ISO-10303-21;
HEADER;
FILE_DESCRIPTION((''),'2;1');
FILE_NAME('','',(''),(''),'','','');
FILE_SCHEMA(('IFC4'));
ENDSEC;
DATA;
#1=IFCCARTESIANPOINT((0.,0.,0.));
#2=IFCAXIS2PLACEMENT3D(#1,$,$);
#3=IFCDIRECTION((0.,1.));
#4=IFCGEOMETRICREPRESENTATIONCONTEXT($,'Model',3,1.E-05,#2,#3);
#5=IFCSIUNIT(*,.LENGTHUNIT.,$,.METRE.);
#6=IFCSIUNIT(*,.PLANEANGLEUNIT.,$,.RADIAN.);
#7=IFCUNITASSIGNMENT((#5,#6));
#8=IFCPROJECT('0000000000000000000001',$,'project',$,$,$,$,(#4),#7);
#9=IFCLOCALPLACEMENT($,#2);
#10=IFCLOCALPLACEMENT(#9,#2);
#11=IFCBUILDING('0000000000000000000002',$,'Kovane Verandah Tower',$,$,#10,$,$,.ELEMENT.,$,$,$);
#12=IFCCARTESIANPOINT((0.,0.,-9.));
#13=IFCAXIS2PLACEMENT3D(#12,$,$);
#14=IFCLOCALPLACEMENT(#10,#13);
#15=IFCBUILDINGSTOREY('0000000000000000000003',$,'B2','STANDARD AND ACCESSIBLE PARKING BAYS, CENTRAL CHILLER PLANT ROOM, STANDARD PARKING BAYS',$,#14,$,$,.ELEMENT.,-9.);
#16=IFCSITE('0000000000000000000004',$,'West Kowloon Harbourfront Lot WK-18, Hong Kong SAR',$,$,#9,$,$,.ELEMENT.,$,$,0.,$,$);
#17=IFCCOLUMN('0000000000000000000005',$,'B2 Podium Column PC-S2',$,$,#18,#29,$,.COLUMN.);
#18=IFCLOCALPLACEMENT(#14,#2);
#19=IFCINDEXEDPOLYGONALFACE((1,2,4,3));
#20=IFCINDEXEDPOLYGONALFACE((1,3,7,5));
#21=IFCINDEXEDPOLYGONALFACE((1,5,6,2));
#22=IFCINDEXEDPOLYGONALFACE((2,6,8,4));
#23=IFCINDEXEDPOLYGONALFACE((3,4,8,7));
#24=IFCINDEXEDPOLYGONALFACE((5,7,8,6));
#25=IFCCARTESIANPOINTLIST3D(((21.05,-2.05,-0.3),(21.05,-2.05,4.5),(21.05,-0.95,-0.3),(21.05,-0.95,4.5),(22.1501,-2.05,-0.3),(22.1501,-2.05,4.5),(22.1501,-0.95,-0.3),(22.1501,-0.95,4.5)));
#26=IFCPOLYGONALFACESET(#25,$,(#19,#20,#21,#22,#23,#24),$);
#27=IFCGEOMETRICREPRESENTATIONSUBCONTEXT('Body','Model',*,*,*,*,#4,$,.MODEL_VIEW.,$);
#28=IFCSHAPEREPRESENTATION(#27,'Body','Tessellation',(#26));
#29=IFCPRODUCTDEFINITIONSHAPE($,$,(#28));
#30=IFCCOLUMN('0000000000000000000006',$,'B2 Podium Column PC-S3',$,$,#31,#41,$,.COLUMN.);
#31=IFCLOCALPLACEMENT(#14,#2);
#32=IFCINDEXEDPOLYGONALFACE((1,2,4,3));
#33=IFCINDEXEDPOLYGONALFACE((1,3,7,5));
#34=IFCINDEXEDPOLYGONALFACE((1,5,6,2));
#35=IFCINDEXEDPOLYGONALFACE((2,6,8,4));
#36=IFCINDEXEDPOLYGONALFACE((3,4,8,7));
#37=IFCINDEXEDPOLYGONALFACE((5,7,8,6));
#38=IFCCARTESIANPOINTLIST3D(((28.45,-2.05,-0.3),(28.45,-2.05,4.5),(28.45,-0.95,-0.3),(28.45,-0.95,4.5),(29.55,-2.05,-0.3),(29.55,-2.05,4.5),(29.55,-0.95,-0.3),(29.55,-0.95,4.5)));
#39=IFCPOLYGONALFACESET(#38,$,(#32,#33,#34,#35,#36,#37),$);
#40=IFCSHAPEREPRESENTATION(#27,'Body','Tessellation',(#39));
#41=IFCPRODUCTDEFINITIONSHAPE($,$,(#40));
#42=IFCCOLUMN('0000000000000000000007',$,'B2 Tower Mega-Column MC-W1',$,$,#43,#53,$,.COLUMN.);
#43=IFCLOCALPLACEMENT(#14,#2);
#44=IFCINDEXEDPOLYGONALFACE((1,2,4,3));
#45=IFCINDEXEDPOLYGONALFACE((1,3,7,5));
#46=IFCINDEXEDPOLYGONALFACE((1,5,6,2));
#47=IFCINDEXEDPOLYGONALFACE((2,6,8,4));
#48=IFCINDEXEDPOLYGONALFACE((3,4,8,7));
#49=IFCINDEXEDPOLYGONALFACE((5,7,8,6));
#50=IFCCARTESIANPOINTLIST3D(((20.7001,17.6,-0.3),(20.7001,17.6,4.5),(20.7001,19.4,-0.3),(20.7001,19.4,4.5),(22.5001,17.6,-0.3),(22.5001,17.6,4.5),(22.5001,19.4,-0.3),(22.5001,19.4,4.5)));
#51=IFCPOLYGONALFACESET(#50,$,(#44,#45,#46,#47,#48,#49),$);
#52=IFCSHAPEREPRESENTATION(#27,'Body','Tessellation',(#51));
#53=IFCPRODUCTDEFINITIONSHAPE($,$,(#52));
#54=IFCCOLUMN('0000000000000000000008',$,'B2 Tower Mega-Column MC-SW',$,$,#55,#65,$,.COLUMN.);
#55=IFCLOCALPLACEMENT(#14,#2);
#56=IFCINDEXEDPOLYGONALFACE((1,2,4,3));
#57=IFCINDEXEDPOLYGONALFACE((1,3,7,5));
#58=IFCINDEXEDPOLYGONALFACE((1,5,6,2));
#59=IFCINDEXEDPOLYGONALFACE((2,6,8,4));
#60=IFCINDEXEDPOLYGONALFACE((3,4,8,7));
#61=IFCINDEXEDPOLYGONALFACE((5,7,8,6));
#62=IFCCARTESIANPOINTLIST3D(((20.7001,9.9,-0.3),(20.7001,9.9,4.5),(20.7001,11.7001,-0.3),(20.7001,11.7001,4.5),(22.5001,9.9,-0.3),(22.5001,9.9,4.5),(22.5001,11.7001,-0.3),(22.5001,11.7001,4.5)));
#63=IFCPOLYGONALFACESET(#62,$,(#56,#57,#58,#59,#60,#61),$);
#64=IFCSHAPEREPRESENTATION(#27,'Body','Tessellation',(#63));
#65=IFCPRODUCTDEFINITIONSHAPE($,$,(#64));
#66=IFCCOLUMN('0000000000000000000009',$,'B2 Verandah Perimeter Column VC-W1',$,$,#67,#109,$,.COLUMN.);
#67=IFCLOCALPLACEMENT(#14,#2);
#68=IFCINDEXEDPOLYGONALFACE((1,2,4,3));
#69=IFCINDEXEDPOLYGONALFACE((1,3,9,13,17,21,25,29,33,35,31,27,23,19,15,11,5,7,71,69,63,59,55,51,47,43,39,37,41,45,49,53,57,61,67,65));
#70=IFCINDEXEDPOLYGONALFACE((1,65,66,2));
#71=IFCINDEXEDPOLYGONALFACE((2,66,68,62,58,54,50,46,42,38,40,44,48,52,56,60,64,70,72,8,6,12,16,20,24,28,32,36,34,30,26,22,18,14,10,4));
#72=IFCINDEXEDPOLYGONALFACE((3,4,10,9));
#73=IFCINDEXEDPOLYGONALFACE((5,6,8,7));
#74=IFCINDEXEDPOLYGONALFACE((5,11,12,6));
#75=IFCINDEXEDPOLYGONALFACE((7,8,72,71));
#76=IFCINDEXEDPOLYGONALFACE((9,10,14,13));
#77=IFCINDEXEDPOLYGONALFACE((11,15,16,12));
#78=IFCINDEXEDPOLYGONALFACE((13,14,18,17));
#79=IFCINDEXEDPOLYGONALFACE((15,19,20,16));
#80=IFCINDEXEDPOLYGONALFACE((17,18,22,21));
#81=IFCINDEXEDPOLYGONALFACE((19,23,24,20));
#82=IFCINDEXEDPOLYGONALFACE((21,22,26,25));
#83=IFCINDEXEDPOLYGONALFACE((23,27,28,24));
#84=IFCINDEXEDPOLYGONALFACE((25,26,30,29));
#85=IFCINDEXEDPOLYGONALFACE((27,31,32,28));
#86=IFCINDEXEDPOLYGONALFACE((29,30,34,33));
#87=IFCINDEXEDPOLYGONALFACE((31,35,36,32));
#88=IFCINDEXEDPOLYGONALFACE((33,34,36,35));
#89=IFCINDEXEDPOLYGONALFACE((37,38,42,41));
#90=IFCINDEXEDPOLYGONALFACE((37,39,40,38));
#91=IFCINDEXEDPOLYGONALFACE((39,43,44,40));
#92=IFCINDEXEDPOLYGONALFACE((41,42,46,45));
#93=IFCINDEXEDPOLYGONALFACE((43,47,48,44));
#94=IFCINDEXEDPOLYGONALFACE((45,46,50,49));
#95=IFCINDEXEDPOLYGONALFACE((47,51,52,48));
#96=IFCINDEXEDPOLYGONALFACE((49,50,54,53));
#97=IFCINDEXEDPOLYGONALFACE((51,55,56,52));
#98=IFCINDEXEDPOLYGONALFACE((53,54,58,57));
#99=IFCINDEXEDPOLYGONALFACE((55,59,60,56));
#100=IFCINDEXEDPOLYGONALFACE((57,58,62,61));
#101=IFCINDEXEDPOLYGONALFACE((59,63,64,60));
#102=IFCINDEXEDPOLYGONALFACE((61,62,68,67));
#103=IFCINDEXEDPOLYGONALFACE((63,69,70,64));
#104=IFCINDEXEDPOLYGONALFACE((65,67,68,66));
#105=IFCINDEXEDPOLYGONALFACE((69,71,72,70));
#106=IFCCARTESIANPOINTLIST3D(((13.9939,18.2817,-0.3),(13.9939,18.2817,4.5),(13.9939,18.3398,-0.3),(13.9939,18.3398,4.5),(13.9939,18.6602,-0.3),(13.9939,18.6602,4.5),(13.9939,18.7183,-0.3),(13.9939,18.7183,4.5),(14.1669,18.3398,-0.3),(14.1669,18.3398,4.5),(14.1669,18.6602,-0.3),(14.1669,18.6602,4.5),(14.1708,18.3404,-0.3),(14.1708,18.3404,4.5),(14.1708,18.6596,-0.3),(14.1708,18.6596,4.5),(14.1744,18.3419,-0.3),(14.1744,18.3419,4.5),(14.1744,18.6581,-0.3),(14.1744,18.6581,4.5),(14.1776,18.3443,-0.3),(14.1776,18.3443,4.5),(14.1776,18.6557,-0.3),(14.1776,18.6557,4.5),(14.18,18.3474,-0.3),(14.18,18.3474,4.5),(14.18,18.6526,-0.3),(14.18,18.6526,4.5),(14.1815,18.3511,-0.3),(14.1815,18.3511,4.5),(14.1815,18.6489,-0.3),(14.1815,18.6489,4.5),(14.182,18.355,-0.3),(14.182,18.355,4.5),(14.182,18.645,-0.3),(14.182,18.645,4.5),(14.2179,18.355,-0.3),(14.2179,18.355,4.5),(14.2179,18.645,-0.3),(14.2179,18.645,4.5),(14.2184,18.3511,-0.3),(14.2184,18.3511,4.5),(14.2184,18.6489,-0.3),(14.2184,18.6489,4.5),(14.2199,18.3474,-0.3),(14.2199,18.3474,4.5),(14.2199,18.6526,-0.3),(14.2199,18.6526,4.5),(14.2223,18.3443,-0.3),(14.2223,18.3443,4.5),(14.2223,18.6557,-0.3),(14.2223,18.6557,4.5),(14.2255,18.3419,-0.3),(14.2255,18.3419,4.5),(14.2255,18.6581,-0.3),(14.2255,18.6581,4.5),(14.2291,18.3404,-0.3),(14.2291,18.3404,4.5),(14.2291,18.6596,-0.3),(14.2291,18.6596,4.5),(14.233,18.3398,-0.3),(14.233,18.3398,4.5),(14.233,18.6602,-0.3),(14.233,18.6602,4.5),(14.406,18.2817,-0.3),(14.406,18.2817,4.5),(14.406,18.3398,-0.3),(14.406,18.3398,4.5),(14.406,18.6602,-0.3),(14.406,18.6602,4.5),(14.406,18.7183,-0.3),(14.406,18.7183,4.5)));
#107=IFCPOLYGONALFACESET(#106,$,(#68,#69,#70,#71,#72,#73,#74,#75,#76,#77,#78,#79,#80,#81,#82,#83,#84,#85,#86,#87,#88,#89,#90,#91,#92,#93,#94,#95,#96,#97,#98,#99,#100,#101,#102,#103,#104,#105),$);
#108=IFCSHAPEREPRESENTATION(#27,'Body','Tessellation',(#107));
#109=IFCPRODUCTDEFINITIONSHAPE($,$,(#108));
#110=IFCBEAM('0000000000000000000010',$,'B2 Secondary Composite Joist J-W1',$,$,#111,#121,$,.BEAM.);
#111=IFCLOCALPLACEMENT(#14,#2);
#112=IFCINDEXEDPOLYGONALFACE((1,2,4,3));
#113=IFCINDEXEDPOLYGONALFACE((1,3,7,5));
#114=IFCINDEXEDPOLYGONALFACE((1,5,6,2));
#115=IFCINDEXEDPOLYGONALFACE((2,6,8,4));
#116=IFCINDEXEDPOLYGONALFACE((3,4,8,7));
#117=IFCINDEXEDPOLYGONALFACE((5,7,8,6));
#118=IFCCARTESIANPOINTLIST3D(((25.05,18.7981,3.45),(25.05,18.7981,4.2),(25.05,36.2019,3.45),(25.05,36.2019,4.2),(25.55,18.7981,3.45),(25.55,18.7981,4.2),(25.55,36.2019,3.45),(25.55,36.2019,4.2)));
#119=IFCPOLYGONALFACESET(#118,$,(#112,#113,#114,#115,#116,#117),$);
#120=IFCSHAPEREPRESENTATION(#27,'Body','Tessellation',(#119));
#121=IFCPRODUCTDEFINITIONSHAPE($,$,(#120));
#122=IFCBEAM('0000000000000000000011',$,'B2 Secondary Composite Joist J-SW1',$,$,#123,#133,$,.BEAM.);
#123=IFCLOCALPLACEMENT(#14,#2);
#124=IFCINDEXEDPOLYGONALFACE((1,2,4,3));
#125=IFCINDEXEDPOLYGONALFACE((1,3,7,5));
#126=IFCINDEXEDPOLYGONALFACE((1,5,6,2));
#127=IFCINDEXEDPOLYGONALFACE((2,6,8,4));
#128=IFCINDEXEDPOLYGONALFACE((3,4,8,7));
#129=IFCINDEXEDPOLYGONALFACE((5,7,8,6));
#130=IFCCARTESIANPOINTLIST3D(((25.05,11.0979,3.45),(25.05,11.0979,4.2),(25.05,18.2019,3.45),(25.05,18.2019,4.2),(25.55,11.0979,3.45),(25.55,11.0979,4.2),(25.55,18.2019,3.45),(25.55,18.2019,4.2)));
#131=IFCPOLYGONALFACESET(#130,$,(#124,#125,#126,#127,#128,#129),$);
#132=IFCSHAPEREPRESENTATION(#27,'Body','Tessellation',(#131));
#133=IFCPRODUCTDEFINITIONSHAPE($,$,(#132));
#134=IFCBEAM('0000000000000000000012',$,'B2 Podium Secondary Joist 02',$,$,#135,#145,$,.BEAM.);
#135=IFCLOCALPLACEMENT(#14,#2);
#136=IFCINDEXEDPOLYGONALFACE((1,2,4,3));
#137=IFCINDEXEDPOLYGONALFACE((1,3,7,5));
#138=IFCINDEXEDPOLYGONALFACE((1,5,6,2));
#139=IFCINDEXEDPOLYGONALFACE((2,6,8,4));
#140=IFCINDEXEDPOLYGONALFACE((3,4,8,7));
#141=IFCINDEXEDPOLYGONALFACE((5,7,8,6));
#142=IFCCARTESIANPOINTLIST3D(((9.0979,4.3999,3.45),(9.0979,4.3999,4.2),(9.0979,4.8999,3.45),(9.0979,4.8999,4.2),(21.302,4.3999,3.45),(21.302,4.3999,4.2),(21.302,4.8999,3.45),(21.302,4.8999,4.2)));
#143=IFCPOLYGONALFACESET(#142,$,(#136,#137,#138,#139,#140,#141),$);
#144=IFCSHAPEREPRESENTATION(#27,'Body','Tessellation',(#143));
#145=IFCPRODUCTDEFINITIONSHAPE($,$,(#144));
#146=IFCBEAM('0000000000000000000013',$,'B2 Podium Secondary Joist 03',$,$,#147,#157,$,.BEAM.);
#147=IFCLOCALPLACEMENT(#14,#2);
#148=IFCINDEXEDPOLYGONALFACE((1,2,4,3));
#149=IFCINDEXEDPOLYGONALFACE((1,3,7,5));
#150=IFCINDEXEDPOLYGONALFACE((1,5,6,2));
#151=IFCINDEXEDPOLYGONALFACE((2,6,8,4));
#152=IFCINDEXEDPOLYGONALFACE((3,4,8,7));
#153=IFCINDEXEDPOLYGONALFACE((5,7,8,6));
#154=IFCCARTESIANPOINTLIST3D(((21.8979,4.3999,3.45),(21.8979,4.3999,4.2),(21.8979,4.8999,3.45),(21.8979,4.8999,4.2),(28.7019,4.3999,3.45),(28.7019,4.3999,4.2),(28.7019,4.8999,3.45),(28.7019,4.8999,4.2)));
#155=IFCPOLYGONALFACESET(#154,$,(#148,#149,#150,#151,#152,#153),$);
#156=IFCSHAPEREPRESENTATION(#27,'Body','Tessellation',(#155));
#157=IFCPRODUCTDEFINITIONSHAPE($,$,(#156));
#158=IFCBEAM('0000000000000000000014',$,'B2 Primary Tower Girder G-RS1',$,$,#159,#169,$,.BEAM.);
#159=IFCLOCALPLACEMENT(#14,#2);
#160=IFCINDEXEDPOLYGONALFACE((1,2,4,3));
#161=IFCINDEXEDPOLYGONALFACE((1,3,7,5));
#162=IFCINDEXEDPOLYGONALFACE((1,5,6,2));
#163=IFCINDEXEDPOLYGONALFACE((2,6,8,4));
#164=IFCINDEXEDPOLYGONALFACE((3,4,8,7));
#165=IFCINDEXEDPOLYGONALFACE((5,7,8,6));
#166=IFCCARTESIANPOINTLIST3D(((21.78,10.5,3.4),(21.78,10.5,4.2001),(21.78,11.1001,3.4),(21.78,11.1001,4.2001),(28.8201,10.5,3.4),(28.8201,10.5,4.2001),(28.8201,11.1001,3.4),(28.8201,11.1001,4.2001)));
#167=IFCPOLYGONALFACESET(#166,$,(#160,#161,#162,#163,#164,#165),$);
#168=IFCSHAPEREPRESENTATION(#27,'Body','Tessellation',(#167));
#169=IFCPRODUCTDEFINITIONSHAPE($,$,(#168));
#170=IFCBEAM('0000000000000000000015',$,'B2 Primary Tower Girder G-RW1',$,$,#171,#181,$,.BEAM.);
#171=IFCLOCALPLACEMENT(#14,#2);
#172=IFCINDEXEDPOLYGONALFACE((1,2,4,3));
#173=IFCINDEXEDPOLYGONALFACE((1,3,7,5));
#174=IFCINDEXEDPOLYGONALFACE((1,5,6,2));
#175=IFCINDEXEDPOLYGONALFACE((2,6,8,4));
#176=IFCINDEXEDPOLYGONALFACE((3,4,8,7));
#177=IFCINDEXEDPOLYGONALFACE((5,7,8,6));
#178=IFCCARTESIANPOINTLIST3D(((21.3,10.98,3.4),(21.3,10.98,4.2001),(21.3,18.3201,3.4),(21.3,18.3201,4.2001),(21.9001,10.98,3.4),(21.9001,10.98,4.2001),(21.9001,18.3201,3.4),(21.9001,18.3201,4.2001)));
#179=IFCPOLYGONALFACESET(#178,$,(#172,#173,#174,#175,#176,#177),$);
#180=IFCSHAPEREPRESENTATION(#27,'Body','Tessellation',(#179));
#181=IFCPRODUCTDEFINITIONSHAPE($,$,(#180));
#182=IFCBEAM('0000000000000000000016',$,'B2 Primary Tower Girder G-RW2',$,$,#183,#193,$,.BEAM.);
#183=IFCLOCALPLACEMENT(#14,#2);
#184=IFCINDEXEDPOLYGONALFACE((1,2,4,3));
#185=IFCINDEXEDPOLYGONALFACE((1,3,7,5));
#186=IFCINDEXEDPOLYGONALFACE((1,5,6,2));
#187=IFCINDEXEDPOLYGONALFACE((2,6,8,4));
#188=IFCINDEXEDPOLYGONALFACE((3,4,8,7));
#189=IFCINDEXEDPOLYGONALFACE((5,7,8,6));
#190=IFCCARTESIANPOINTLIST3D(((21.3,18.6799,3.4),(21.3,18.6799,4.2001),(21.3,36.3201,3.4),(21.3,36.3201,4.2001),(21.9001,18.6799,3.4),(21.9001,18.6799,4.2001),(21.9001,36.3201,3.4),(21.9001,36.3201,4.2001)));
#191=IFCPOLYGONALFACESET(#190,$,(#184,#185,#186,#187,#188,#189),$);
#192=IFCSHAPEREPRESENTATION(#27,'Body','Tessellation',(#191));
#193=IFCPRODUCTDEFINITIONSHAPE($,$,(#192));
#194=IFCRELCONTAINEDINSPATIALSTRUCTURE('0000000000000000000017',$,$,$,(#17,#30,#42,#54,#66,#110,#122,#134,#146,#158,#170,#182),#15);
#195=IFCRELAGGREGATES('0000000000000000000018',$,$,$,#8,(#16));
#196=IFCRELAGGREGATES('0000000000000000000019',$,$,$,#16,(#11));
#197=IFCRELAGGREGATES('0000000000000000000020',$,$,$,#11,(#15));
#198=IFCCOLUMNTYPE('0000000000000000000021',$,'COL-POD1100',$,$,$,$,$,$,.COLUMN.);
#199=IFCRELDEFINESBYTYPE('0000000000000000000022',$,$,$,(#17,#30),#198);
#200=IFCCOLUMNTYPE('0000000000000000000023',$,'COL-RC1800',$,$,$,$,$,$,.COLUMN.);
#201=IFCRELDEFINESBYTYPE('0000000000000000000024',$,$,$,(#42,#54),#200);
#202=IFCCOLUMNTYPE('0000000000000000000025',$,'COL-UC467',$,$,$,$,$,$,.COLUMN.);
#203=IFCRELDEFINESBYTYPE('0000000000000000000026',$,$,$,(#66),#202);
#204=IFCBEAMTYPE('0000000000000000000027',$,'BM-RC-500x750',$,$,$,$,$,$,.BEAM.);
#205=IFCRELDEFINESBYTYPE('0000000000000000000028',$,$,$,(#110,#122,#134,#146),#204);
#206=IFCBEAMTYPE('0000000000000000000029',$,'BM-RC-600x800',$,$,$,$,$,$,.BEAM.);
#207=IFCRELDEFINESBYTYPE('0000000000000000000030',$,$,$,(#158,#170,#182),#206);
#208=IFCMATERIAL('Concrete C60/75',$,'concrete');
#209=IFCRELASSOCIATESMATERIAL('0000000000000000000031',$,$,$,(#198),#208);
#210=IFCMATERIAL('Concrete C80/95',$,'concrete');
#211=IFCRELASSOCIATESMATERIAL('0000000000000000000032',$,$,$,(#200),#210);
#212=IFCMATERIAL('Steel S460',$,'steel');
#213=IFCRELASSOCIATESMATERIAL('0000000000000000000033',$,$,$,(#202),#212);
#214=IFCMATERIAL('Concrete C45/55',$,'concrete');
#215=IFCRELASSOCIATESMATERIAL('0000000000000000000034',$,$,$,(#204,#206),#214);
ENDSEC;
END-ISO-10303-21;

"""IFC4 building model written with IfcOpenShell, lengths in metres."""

from ifc_helpers import new_model, si_unit, direction, frame, origin, origin_2d, place, context, subcontext, project, spatial, rectangle, i_section, extrude, material, material_profile, profile_set, type_object, element, save


model = new_model("IFC4")

# Units and contexts
model_context = context("Model", 3, precision=1e-05, world=origin(), true_north=direction((0.0, 1.0)))
body_context = subcontext(model_context, "Body", "Model", "MODEL_VIEW")
ifc_project = project(units=[si_unit("LENGTHUNIT", "METRE"), si_unit("PLANEANGLEUNIT", "RADIAN")], contexts=[model_context])

# Site, building, storey
site_placement = place(None, origin())
site = spatial("IfcSite", under=ifc_project, at=site_placement, Name="West Kowloon Harbourfront Lot WK-18, Hong Kong SAR", CompositionType="ELEMENT", RefElevation=0.0)
building_placement = place(site_placement, origin())
building = spatial("IfcBuilding", under=site, at=building_placement, Name="Kovane Verandah Tower", CompositionType="ELEMENT")
storey_placement = place(building_placement, frame((0.0, 0.0, -9.0)))
storey = spatial("IfcBuildingStorey", under=building, at=storey_placement, Name="B2", Description="STANDARD AND ACCESSIBLE PARKING BAYS, CENTRAL CHILLER PLANT ROOM, STANDARD PARKING BAYS", CompositionType="ELEMENT", Elevation=-9.0)

# Shared definitions
ifc_material_1 = material(Name="Concrete C60/75", Category="concrete")

# Columns
ifc_material_profile_1 = material_profile(ifc_material_1, rectangle(XDim=1.1001, YDim=1.1001, at=origin_2d()), Name="RC1100x1100")
ifc_profile_set_1 = profile_set([ifc_material_profile_1], Name="Concrete C60/75")
column_type_1 = type_object("IfcColumnType", Name="COL-POD1100", PredefinedType="COLUMN", material=ifc_profile_set_1)
for number, where, z_axis, x_axis, name in (
    (1, (21.6001, -1.5, -0.3), (0.0, 0.0, 1.0), (1.0, 0.0, 0.0), "B2 Podium Column PC-S2"),
    (2, (29.0, -1.5, -0.3), (0.0, 0.0, 1.0), (1.0, 0.0, 0.0), "B2 Podium Column PC-S3"),
):
    element("IfcColumn", number, at=place(storey_placement, frame(where, z_axis=z_axis, x_axis=x_axis)), inside=storey, type_object=column_type_1, Name=name, PredefinedType="COLUMN", context=body_context, shape_type="SweptSolid", body=[
        extrude(rectangle(XDim=1.1001, YDim=1.1001, at=origin_2d()), origin(), (0.0, 0.0, 1.0), 4.8),
    ])
ifc_material_2 = material(Name="Concrete C80/95", Category="concrete")
ifc_material_profile_2 = material_profile(ifc_material_2, rectangle(XDim=1.8, YDim=1.8, at=origin_2d()), Name="RC1800x1800")
ifc_profile_set_2 = profile_set([ifc_material_profile_2], Name="Concrete C80/95")
column_type_2 = type_object("IfcColumnType", Name="COL-RC1800", PredefinedType="COLUMN", material=ifc_profile_set_2)
for number, where, z_axis, x_axis, name in (
    (3, (21.6001, 18.5, -0.3), (0.0, 0.0, 1.0), (1.0, 0.0, 0.0), "B2 Tower Mega-Column MC-W1"),
    (4, (21.6001, 10.8, -0.3), (0.0, 0.0, 1.0), (1.0, 0.0, 0.0), "B2 Tower Mega-Column MC-SW"),
):
    element("IfcColumn", number, at=place(storey_placement, frame(where, z_axis=z_axis, x_axis=x_axis)), inside=storey, type_object=column_type_2, Name=name, PredefinedType="COLUMN", context=body_context, shape_type="SweptSolid", body=[
        extrude(rectangle(XDim=1.8, YDim=1.8, at=origin_2d()), origin(), (0.0, 0.0, 1.0), 4.8),
    ])
ifc_material_3 = material(Name="Steel S460", Category="steel")
ifc_material_profile_3 = material_profile(ifc_material_3, i_section(OverallWidth=0.4121, OverallDepth=0.4365, WebThickness=0.0359, FlangeThickness=0.0581, FilletRadius=0.0151, at=origin_2d()), Name="UC356x406x467")
ifc_profile_set_3 = profile_set([ifc_material_profile_3], Name="Steel S460")
column_type_3 = type_object("IfcColumnType", Name="COL-UC467", PredefinedType="COLUMN", material=ifc_profile_set_3)
column_placement = place(storey_placement, frame((14.2, 18.5, -0.3), z_axis=(0.0, 0.0, 1.0), x_axis=(1.0, 0.0, 0.0)))
element("IfcColumn", 5, at=column_placement, inside=storey, type_object=column_type_3, Name="B2 Verandah Perimeter Column VC-W1", PredefinedType="COLUMN", context=body_context, shape_type="SweptSolid", body=[
    extrude(i_section(OverallWidth=0.4121, OverallDepth=0.4365, WebThickness=0.0359, FlangeThickness=0.0581, FilletRadius=0.0151, at=origin_2d()), origin(), (0.0, 0.0, 1.0), 4.8),
])

# Beams
ifc_material_4 = material(Name="Concrete C45/55", Category="concrete")
ifc_material_profile_4 = material_profile(ifc_material_4, rectangle(XDim=0.5, YDim=0.75, at=origin_2d()), Name="RCB500x750")
ifc_profile_set_4 = profile_set([ifc_material_profile_4], Name="Concrete C45/55")
beam_type_1 = type_object("IfcBeamType", Name="BM-RC-500x750", PredefinedType="BEAM", material=ifc_profile_set_4)
beam_1_placement = place(storey_placement, frame((25.3, 18.7981, 3.825), z_axis=(0.0, 1.0, 0.0), x_axis=(-1.0, 0.0, 0.0)))
element("IfcBeam", 6, at=beam_1_placement, inside=storey, type_object=beam_type_1, Name="B2 Secondary Composite Joist J-W1", PredefinedType="BEAM", context=body_context, shape_type="SweptSolid", body=[
    extrude(rectangle(XDim=0.5, YDim=0.75, at=origin_2d()), origin(), (0.0, 0.0, 1.0), 17.4038),
])
beam_2_placement = place(storey_placement, frame((25.3, 11.0979, 3.825), z_axis=(0.0, 1.0, 0.0), x_axis=(-1.0, 0.0, 0.0)))
element("IfcBeam", 7, at=beam_2_placement, inside=storey, type_object=beam_type_1, Name="B2 Secondary Composite Joist J-SW1", PredefinedType="BEAM", context=body_context, shape_type="SweptSolid", body=[
    extrude(rectangle(XDim=0.5, YDim=0.75, at=origin_2d()), origin(), (0.0, 0.0, 1.0), 7.104),
])
beam_3_placement = place(storey_placement, frame((9.0979, 4.6499, 3.825), z_axis=(1.0, 0.0, 0.0), x_axis=(0.0, 1.0, 0.0)))
element("IfcBeam", 8, at=beam_3_placement, inside=storey, type_object=beam_type_1, Name="B2 Podium Secondary Joist 02", PredefinedType="BEAM", context=body_context, shape_type="SweptSolid", body=[
    extrude(rectangle(XDim=0.5, YDim=0.75, at=origin_2d()), origin(), (0.0, 0.0, 1.0), 12.2041),
])
beam_4_placement = place(storey_placement, frame((21.8979, 4.6499, 3.825), z_axis=(1.0, 0.0, 0.0), x_axis=(0.0, 1.0, 0.0)))
element("IfcBeam", 9, at=beam_4_placement, inside=storey, type_object=beam_type_1, Name="B2 Podium Secondary Joist 03", PredefinedType="BEAM", context=body_context, shape_type="SweptSolid", body=[
    extrude(rectangle(XDim=0.5, YDim=0.75, at=origin_2d()), origin(), (0.0, 0.0, 1.0), 6.804),
])
ifc_material_profile_5 = material_profile(ifc_material_4, rectangle(XDim=0.6001, YDim=0.8, at=origin_2d()), Name="RCB600x800")
ifc_profile_set_5 = profile_set([ifc_material_profile_5], Name="Concrete C45/55")
beam_type_2 = type_object("IfcBeamType", Name="BM-RC-600x800", PredefinedType="BEAM", material=ifc_profile_set_5)
beam_5_placement = place(storey_placement, frame((21.78, 10.8, 3.8), z_axis=(1.0, 0.0, 0.0), x_axis=(0.0, 1.0, 0.0)))
element("IfcBeam", 10, at=beam_5_placement, inside=storey, type_object=beam_type_2, Name="B2 Primary Tower Girder G-RS1", PredefinedType="BEAM", context=body_context, shape_type="SweptSolid", body=[
    extrude(rectangle(XDim=0.6001, YDim=0.8, at=origin_2d()), origin(), (0.0, 0.0, 1.0), 7.04),
])
beam_6_placement = place(storey_placement, frame((21.6001, 10.98, 3.8), z_axis=(0.0, 1.0, 0.0), x_axis=(-1.0, 0.0, 0.0)))
element("IfcBeam", 11, at=beam_6_placement, inside=storey, type_object=beam_type_2, Name="B2 Primary Tower Girder G-RW1", PredefinedType="BEAM", context=body_context, shape_type="SweptSolid", body=[
    extrude(rectangle(XDim=0.6001, YDim=0.8, at=origin_2d()), origin(), (0.0, 0.0, 1.0), 7.3401),
])
beam_7_placement = place(storey_placement, frame((21.6001, 18.6799, 3.8), z_axis=(0.0, 1.0, 0.0), x_axis=(-1.0, 0.0, 0.0)))
element("IfcBeam", 12, at=beam_7_placement, inside=storey, type_object=beam_type_2, Name="B2 Primary Tower Girder G-RW2", PredefinedType="BEAM", context=body_context, shape_type="SweptSolid", body=[
    extrude(rectangle(XDim=0.6001, YDim=0.8, at=origin_2d()), origin(), (0.0, 0.0, 1.0), 17.6401),
])

save(model, "model.ifc")
